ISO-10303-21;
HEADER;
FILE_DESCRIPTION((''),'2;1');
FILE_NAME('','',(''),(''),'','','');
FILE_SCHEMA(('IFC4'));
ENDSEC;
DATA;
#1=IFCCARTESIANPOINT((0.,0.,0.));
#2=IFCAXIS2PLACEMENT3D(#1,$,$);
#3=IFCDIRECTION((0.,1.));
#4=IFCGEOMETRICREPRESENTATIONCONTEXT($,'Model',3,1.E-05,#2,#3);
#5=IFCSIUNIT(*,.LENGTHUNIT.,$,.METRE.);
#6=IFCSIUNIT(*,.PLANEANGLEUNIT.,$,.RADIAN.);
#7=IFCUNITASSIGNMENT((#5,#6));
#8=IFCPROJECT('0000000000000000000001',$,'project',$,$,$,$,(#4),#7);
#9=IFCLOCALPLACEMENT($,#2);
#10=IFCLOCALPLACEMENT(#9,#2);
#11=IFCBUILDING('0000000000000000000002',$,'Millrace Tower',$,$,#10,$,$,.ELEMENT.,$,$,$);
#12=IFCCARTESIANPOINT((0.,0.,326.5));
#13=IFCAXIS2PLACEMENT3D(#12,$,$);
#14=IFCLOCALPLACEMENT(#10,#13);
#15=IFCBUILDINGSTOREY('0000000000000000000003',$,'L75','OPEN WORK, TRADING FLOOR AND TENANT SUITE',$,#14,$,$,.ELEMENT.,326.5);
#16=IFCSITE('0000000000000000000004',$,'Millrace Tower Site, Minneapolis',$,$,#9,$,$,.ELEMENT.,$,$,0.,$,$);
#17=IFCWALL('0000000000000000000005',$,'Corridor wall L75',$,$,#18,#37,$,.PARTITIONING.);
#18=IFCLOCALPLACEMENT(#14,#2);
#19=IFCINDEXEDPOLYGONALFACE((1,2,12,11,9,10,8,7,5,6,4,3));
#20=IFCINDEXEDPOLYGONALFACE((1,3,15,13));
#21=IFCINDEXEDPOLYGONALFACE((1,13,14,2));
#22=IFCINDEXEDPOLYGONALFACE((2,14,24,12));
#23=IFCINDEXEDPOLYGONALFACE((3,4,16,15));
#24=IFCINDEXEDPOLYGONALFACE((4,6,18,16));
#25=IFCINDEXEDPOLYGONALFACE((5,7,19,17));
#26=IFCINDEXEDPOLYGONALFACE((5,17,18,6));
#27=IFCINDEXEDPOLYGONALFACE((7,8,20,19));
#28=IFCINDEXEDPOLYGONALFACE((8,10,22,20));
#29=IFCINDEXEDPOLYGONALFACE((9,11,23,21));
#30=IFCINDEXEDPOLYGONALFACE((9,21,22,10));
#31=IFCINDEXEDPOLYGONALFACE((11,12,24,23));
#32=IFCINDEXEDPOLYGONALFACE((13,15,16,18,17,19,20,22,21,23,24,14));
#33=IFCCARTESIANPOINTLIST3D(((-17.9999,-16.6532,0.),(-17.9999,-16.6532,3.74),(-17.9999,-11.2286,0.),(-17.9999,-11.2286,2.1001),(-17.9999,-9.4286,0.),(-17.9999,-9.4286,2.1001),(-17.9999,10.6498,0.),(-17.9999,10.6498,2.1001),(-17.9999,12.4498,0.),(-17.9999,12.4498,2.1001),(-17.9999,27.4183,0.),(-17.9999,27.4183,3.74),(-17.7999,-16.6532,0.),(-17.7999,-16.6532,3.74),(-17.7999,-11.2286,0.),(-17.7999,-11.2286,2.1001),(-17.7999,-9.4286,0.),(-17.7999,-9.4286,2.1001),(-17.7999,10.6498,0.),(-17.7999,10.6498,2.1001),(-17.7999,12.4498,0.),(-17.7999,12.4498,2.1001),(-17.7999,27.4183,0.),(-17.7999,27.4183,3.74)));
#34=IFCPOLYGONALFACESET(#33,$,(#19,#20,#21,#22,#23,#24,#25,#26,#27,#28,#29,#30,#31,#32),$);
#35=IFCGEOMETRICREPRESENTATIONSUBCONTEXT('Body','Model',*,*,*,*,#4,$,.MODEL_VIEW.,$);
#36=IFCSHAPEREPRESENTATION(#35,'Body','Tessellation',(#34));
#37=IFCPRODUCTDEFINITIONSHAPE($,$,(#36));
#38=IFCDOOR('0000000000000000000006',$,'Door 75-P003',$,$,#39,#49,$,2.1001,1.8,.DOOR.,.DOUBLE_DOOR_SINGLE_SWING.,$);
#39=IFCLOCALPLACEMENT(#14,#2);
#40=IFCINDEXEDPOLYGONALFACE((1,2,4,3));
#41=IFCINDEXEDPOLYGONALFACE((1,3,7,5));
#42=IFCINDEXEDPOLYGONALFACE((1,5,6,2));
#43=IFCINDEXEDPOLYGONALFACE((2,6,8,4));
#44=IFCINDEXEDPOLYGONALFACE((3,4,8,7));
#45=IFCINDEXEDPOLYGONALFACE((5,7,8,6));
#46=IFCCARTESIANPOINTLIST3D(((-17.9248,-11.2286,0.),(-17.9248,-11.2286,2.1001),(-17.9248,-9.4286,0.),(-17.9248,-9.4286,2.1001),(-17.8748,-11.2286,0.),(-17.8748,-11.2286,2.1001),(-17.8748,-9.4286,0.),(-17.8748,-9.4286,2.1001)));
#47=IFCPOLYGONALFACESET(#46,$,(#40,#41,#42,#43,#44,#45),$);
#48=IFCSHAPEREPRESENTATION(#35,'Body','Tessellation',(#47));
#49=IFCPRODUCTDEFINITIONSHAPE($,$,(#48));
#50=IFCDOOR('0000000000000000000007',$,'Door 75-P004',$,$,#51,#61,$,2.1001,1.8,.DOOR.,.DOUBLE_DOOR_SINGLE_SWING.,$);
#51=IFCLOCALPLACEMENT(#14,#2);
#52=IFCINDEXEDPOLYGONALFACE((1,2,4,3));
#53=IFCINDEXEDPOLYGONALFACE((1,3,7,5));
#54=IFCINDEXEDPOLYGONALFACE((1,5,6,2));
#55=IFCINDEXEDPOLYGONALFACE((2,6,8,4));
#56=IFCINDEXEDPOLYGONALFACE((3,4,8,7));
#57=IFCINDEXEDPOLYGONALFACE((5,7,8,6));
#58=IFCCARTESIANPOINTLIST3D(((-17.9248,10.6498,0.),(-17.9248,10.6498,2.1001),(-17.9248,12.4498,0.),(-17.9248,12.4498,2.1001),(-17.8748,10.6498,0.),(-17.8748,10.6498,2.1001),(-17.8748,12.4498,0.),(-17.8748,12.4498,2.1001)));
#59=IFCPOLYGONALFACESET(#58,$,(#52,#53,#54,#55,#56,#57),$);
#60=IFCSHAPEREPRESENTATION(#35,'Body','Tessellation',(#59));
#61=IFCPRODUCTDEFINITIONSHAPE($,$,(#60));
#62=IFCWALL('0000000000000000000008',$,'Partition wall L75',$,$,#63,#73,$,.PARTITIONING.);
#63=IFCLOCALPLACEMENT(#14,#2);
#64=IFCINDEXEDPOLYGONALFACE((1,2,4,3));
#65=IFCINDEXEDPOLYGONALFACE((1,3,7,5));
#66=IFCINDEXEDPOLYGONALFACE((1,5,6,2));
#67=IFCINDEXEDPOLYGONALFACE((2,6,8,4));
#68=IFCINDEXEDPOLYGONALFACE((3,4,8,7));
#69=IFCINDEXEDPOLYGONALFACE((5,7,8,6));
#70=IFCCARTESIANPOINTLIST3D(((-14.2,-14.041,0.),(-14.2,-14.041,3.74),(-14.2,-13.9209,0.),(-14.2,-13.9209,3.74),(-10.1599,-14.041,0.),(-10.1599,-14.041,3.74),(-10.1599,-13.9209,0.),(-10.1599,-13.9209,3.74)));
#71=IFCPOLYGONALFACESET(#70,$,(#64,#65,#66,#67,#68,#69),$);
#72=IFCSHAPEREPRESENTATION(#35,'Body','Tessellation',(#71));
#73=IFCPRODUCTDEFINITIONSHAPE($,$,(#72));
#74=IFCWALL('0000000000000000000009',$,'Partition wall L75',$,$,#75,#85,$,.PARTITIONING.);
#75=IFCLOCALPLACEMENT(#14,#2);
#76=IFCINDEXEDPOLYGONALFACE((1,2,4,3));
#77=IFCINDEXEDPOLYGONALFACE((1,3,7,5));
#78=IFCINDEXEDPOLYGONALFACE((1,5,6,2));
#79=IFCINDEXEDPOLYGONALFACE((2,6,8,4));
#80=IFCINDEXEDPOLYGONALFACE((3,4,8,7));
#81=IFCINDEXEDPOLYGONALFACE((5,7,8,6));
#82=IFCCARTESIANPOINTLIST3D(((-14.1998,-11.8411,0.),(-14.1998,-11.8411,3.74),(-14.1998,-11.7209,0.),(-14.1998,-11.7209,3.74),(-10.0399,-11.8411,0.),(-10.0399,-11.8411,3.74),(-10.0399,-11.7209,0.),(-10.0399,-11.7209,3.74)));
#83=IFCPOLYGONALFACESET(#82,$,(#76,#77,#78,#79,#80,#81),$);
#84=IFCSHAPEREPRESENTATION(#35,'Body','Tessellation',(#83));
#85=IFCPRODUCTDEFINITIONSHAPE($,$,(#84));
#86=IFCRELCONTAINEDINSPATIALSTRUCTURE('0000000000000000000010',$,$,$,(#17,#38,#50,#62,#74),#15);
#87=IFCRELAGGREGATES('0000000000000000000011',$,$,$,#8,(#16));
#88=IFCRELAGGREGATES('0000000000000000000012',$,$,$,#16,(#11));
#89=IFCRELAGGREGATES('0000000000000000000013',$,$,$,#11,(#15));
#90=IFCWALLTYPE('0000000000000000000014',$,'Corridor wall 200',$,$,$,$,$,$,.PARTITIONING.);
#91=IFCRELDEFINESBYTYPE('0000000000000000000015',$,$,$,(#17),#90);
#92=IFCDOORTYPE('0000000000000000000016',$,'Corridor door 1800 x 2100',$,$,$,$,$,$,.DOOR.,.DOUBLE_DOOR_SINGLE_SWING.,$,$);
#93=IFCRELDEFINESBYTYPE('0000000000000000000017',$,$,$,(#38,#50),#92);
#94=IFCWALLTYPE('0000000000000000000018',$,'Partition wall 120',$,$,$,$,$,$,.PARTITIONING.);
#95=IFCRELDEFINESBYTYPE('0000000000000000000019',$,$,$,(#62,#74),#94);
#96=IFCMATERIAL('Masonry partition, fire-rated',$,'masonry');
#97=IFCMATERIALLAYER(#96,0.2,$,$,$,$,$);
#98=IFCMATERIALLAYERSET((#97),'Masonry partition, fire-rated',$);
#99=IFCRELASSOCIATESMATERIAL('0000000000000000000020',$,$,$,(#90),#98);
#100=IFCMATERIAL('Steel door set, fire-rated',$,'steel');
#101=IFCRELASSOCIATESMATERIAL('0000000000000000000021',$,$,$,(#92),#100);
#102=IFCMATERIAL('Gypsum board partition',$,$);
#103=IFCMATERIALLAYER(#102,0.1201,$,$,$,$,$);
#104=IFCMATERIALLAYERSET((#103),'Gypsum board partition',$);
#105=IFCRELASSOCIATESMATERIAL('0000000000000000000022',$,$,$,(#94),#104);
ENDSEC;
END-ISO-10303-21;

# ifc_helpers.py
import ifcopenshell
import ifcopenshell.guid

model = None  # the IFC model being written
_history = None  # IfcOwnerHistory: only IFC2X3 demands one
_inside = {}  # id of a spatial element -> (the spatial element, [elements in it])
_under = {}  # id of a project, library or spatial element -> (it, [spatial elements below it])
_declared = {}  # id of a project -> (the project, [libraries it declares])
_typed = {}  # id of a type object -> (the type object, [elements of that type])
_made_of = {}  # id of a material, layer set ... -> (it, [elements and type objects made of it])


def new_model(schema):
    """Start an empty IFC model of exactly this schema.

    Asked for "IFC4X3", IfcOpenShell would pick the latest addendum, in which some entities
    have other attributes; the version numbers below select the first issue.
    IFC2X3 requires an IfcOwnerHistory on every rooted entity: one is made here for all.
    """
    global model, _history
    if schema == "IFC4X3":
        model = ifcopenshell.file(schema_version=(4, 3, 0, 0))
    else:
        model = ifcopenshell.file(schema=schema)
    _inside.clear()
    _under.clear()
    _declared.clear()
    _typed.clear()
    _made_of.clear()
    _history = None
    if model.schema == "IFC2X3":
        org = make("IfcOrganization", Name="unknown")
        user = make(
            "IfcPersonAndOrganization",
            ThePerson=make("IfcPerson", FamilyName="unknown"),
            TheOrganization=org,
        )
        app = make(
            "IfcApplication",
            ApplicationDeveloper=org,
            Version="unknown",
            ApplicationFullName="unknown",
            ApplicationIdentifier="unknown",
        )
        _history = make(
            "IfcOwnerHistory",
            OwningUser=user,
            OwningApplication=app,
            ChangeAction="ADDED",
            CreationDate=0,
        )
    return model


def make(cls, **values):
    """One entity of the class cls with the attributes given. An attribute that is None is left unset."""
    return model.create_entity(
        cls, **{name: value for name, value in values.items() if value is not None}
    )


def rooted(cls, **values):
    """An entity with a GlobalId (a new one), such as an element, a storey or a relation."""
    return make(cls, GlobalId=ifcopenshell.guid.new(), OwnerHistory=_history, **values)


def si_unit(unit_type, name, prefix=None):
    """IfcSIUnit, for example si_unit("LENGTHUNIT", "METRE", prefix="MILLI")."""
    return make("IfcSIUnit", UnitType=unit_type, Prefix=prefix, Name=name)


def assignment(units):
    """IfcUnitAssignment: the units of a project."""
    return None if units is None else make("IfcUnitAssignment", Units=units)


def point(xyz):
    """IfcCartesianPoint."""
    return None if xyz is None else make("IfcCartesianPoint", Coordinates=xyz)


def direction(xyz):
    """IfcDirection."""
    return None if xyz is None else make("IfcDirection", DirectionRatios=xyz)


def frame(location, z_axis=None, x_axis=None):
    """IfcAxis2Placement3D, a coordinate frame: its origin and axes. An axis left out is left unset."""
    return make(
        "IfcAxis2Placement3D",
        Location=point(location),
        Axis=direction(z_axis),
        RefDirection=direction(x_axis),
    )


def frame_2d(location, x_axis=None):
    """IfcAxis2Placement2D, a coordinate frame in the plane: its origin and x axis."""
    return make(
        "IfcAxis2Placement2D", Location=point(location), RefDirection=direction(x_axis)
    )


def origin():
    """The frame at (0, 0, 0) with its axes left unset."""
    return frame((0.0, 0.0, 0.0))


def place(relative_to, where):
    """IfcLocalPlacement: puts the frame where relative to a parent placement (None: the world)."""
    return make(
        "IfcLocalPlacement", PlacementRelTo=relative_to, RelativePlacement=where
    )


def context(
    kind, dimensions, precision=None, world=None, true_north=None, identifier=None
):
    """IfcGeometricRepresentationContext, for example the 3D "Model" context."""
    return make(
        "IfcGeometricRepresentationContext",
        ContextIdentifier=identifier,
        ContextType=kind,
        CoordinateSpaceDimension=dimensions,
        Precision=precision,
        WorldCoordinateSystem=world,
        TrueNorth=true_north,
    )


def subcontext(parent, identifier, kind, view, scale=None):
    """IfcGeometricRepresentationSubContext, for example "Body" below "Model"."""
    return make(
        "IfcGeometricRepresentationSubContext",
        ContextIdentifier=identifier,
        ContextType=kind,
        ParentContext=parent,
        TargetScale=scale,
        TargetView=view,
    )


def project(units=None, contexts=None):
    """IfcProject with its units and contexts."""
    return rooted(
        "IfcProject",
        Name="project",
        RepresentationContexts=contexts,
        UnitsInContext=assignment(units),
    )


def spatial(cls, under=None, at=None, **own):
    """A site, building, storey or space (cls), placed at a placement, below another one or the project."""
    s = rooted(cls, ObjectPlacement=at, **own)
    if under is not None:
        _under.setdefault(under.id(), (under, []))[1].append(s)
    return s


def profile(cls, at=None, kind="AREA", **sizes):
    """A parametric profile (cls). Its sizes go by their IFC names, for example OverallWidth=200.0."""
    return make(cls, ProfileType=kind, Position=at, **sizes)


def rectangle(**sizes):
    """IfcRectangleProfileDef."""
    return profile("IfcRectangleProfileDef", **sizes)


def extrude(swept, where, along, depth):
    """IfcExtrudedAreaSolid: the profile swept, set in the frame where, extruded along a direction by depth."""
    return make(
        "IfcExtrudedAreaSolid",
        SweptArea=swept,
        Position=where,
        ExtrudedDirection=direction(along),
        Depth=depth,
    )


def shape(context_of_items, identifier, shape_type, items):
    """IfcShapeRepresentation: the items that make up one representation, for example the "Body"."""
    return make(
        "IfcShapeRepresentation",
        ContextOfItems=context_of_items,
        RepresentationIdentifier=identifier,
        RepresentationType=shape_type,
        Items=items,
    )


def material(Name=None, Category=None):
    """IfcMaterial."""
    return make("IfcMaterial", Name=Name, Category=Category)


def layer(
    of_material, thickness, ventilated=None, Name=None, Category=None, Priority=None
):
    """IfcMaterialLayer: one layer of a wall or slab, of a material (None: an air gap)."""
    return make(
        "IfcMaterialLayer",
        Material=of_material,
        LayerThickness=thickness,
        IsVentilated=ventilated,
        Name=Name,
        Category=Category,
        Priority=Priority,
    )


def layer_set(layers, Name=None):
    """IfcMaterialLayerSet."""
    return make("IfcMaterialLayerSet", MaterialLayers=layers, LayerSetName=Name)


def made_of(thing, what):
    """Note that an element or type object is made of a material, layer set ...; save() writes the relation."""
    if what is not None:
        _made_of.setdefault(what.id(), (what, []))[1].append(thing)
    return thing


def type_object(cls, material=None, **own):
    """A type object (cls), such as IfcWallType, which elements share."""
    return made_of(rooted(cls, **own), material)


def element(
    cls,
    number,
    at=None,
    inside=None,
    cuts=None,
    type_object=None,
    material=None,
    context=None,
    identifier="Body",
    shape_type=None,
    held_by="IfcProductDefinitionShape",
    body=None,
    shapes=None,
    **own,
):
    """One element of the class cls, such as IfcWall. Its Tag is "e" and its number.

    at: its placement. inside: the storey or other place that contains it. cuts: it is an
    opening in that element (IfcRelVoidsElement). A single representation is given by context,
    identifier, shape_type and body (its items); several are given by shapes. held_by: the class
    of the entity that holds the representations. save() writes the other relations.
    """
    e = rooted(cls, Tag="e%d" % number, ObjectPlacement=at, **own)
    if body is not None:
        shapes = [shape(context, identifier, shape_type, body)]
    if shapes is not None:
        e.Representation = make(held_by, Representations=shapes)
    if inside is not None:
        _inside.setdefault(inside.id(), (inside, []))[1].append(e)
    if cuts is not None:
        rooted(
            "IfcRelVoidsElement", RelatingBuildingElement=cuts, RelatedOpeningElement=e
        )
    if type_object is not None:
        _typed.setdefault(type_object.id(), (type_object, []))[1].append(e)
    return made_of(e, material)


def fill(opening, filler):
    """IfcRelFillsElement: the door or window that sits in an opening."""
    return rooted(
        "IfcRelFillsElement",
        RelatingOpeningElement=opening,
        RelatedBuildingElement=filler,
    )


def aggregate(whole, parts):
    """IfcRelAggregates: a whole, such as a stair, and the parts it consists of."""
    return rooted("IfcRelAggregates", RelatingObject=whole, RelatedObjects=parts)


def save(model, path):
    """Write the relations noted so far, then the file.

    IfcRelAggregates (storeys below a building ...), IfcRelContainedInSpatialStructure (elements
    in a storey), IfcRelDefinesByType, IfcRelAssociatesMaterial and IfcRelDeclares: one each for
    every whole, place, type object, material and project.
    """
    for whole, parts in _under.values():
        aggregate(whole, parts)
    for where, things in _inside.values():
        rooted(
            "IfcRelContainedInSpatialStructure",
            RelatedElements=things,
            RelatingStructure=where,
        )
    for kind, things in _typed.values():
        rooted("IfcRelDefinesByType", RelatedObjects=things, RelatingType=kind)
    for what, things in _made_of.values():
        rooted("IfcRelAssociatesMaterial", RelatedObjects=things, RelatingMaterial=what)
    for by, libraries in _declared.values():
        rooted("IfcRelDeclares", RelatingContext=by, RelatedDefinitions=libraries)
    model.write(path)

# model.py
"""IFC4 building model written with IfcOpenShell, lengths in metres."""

from ifc_helpers import new_model, si_unit, direction, frame, frame_2d, origin, place, context, subcontext, project, spatial, rectangle, extrude, material, layer, layer_set, type_object, element, fill, save


model = new_model("IFC4")

# Units and contexts
model_context = context("Model", 3, precision=1e-05, world=origin(), true_north=direction((0.0, 1.0)))
body_context = subcontext(model_context, "Body", "Model", "MODEL_VIEW")
ifc_project = project(units=[si_unit("LENGTHUNIT", "METRE"), si_unit("PLANEANGLEUNIT", "RADIAN")], contexts=[model_context])

# Site, building, storey
site_placement = place(None, origin())
site = spatial("IfcSite", under=ifc_project, at=site_placement, Name="Millrace Tower Site, Minneapolis", CompositionType="ELEMENT", RefElevation=0.0)
building_placement = place(site_placement, origin())
building = spatial("IfcBuilding", under=site, at=building_placement, Name="Millrace Tower", CompositionType="ELEMENT")
storey_placement = place(building_placement, frame((0.0, 0.0, 326.5)))
storey = spatial("IfcBuildingStorey", under=building, at=storey_placement, Name="L75", Description="OPEN WORK, TRADING FLOOR AND TENANT SUITE", CompositionType="ELEMENT", Elevation=326.5)

# Shared definitions
ifc_material_1 = material(Name="Masonry partition, fire-rated", Category="masonry")
ifc_layer_1 = layer(ifc_material_1, 0.2)
ifc_layer_set_1 = layer_set([ifc_layer_1], Name="Masonry partition, fire-rated")
wall_type_1 = type_object("IfcWallType", Name="Corridor wall 200", PredefinedType="PARTITIONING", material=ifc_layer_set_1)

# Wall, openings, doors
wall_1_placement = place(storey_placement, frame((-17.8999, -16.6531, 0.0), z_axis=(0.0, 0.0, 1.0), x_axis=(0.0, 1.0, 0.0)))
wall_1 = element("IfcWall", 1, at=wall_1_placement, inside=storey, type_object=wall_type_1, Name="Corridor wall L75", PredefinedType="PARTITIONING", context=body_context, shape_type="SweptSolid", body=[
    extrude(rectangle(XDim=44.0715, YDim=0.2, at=frame_2d((22.0356, 0.0))), origin(), (0.0, 0.0, 1.0), 3.74),
])
opening_1_placement = place(wall_1_placement, frame((5.4246, 0.0, 0.0)))
opening_1 = element("IfcOpeningElement", 2, at=opening_1_placement, cuts=wall_1, PredefinedType="OPENING", context=body_context, shape_type="SweptSolid", body=[
    extrude(rectangle(XDim=1.8, YDim=2.1001, at=frame_2d((0.8999, 1.05))), frame((0.0, 0.1099, 0.0), z_axis=(0.0, -1.0, 0.0), x_axis=(1.0, 0.0, 0.0)), (0.0, 0.0, 1.0), 0.22),
])
opening_2_placement = place(wall_1_placement, frame((27.303, 0.0, 0.0)))
opening_2 = element("IfcOpeningElement", 3, at=opening_2_placement, cuts=wall_1, PredefinedType="OPENING", context=body_context, shape_type="SweptSolid", body=[
    extrude(rectangle(XDim=1.8, YDim=2.1001, at=frame_2d((0.8999, 1.05))), frame((0.0, 0.1099, 0.0), z_axis=(0.0, -1.0, 0.0), x_axis=(1.0, 0.0, 0.0)), (0.0, 0.0, 1.0), 0.22),
])
ifc_material_2 = material(Name="Steel door set, fire-rated", Category="steel")
door_type_1 = type_object("IfcDoorType", Name="Corridor door 1800 x 2100", OperationType="DOUBLE_DOOR_SINGLE_SWING", PredefinedType="DOOR", material=ifc_material_2)
door_1_placement = place(opening_1_placement, origin())
door_1 = element("IfcDoor", 4, at=door_1_placement, inside=storey, type_object=door_type_1, Name="Door 75-P003", OperationType="DOUBLE_DOOR_SINGLE_SWING", OverallHeight=2.1001, OverallWidth=1.8, PredefinedType="DOOR", context=body_context, shape_type="SweptSolid", body=[
    extrude(rectangle(XDim=1.8, YDim=2.1001, at=frame_2d((0.8999, 1.05))), frame((0.0, 0.0249, 0.0), z_axis=(0.0, -1.0, 0.0), x_axis=(1.0, 0.0, 0.0)), (0.0, 0.0, 1.0), 0.05),
])
fill(opening_1, door_1)
door_2_placement = place(opening_2_placement, origin())
door_2 = element("IfcDoor", 5, at=door_2_placement, inside=storey, type_object=door_type_1, Name="Door 75-P004", OperationType="DOUBLE_DOOR_SINGLE_SWING", OverallHeight=2.1001, OverallWidth=1.8, PredefinedType="DOOR", context=body_context, shape_type="SweptSolid", body=[
    extrude(rectangle(XDim=1.8, YDim=2.1001, at=frame_2d((0.8999, 1.05))), frame((0.0, 0.0249, 0.0), z_axis=(0.0, -1.0, 0.0), x_axis=(1.0, 0.0, 0.0)), (0.0, 0.0, 1.0), 0.05),
])
fill(opening_2, door_2)

# Walls
ifc_material_3 = material(Name="Gypsum board partition")
ifc_layer_2 = layer(ifc_material_3, 0.1201)
ifc_layer_set_2 = layer_set([ifc_layer_2], Name="Gypsum board partition")
wall_type_2 = type_object("IfcWallType", Name="Partition wall 120", PredefinedType="PARTITIONING", material=ifc_layer_set_2)
wall_2_placement = place(storey_placement, frame((-14.2, -13.981, 0.0), z_axis=(0.0, 0.0, 1.0), x_axis=(1.0, 0.0, 0.0)))
element("IfcWall", 6, at=wall_2_placement, inside=storey, type_object=wall_type_2, Name="Partition wall L75", PredefinedType="PARTITIONING", context=body_context, shape_type="SweptSolid", body=[
    extrude(rectangle(XDim=4.04, YDim=0.1201, at=frame_2d((2.02, 0.0))), origin(), (0.0, 0.0, 1.0), 3.74),
])
wall_3_placement = place(storey_placement, frame((-14.2, -11.781, 0.0), z_axis=(0.0, 0.0, 1.0), x_axis=(1.0, 0.0, 0.0)))
element("IfcWall", 7, at=wall_3_placement, inside=storey, type_object=wall_type_2, Name="Partition wall L75", PredefinedType="PARTITIONING", context=body_context, shape_type="SweptSolid", body=[
    extrude(rectangle(XDim=4.1599, YDim=0.1201, at=frame_2d((2.0801, 0.0))), origin(), (0.0, 0.0, 1.0), 3.74),
])

save(model, "model.ifc")
